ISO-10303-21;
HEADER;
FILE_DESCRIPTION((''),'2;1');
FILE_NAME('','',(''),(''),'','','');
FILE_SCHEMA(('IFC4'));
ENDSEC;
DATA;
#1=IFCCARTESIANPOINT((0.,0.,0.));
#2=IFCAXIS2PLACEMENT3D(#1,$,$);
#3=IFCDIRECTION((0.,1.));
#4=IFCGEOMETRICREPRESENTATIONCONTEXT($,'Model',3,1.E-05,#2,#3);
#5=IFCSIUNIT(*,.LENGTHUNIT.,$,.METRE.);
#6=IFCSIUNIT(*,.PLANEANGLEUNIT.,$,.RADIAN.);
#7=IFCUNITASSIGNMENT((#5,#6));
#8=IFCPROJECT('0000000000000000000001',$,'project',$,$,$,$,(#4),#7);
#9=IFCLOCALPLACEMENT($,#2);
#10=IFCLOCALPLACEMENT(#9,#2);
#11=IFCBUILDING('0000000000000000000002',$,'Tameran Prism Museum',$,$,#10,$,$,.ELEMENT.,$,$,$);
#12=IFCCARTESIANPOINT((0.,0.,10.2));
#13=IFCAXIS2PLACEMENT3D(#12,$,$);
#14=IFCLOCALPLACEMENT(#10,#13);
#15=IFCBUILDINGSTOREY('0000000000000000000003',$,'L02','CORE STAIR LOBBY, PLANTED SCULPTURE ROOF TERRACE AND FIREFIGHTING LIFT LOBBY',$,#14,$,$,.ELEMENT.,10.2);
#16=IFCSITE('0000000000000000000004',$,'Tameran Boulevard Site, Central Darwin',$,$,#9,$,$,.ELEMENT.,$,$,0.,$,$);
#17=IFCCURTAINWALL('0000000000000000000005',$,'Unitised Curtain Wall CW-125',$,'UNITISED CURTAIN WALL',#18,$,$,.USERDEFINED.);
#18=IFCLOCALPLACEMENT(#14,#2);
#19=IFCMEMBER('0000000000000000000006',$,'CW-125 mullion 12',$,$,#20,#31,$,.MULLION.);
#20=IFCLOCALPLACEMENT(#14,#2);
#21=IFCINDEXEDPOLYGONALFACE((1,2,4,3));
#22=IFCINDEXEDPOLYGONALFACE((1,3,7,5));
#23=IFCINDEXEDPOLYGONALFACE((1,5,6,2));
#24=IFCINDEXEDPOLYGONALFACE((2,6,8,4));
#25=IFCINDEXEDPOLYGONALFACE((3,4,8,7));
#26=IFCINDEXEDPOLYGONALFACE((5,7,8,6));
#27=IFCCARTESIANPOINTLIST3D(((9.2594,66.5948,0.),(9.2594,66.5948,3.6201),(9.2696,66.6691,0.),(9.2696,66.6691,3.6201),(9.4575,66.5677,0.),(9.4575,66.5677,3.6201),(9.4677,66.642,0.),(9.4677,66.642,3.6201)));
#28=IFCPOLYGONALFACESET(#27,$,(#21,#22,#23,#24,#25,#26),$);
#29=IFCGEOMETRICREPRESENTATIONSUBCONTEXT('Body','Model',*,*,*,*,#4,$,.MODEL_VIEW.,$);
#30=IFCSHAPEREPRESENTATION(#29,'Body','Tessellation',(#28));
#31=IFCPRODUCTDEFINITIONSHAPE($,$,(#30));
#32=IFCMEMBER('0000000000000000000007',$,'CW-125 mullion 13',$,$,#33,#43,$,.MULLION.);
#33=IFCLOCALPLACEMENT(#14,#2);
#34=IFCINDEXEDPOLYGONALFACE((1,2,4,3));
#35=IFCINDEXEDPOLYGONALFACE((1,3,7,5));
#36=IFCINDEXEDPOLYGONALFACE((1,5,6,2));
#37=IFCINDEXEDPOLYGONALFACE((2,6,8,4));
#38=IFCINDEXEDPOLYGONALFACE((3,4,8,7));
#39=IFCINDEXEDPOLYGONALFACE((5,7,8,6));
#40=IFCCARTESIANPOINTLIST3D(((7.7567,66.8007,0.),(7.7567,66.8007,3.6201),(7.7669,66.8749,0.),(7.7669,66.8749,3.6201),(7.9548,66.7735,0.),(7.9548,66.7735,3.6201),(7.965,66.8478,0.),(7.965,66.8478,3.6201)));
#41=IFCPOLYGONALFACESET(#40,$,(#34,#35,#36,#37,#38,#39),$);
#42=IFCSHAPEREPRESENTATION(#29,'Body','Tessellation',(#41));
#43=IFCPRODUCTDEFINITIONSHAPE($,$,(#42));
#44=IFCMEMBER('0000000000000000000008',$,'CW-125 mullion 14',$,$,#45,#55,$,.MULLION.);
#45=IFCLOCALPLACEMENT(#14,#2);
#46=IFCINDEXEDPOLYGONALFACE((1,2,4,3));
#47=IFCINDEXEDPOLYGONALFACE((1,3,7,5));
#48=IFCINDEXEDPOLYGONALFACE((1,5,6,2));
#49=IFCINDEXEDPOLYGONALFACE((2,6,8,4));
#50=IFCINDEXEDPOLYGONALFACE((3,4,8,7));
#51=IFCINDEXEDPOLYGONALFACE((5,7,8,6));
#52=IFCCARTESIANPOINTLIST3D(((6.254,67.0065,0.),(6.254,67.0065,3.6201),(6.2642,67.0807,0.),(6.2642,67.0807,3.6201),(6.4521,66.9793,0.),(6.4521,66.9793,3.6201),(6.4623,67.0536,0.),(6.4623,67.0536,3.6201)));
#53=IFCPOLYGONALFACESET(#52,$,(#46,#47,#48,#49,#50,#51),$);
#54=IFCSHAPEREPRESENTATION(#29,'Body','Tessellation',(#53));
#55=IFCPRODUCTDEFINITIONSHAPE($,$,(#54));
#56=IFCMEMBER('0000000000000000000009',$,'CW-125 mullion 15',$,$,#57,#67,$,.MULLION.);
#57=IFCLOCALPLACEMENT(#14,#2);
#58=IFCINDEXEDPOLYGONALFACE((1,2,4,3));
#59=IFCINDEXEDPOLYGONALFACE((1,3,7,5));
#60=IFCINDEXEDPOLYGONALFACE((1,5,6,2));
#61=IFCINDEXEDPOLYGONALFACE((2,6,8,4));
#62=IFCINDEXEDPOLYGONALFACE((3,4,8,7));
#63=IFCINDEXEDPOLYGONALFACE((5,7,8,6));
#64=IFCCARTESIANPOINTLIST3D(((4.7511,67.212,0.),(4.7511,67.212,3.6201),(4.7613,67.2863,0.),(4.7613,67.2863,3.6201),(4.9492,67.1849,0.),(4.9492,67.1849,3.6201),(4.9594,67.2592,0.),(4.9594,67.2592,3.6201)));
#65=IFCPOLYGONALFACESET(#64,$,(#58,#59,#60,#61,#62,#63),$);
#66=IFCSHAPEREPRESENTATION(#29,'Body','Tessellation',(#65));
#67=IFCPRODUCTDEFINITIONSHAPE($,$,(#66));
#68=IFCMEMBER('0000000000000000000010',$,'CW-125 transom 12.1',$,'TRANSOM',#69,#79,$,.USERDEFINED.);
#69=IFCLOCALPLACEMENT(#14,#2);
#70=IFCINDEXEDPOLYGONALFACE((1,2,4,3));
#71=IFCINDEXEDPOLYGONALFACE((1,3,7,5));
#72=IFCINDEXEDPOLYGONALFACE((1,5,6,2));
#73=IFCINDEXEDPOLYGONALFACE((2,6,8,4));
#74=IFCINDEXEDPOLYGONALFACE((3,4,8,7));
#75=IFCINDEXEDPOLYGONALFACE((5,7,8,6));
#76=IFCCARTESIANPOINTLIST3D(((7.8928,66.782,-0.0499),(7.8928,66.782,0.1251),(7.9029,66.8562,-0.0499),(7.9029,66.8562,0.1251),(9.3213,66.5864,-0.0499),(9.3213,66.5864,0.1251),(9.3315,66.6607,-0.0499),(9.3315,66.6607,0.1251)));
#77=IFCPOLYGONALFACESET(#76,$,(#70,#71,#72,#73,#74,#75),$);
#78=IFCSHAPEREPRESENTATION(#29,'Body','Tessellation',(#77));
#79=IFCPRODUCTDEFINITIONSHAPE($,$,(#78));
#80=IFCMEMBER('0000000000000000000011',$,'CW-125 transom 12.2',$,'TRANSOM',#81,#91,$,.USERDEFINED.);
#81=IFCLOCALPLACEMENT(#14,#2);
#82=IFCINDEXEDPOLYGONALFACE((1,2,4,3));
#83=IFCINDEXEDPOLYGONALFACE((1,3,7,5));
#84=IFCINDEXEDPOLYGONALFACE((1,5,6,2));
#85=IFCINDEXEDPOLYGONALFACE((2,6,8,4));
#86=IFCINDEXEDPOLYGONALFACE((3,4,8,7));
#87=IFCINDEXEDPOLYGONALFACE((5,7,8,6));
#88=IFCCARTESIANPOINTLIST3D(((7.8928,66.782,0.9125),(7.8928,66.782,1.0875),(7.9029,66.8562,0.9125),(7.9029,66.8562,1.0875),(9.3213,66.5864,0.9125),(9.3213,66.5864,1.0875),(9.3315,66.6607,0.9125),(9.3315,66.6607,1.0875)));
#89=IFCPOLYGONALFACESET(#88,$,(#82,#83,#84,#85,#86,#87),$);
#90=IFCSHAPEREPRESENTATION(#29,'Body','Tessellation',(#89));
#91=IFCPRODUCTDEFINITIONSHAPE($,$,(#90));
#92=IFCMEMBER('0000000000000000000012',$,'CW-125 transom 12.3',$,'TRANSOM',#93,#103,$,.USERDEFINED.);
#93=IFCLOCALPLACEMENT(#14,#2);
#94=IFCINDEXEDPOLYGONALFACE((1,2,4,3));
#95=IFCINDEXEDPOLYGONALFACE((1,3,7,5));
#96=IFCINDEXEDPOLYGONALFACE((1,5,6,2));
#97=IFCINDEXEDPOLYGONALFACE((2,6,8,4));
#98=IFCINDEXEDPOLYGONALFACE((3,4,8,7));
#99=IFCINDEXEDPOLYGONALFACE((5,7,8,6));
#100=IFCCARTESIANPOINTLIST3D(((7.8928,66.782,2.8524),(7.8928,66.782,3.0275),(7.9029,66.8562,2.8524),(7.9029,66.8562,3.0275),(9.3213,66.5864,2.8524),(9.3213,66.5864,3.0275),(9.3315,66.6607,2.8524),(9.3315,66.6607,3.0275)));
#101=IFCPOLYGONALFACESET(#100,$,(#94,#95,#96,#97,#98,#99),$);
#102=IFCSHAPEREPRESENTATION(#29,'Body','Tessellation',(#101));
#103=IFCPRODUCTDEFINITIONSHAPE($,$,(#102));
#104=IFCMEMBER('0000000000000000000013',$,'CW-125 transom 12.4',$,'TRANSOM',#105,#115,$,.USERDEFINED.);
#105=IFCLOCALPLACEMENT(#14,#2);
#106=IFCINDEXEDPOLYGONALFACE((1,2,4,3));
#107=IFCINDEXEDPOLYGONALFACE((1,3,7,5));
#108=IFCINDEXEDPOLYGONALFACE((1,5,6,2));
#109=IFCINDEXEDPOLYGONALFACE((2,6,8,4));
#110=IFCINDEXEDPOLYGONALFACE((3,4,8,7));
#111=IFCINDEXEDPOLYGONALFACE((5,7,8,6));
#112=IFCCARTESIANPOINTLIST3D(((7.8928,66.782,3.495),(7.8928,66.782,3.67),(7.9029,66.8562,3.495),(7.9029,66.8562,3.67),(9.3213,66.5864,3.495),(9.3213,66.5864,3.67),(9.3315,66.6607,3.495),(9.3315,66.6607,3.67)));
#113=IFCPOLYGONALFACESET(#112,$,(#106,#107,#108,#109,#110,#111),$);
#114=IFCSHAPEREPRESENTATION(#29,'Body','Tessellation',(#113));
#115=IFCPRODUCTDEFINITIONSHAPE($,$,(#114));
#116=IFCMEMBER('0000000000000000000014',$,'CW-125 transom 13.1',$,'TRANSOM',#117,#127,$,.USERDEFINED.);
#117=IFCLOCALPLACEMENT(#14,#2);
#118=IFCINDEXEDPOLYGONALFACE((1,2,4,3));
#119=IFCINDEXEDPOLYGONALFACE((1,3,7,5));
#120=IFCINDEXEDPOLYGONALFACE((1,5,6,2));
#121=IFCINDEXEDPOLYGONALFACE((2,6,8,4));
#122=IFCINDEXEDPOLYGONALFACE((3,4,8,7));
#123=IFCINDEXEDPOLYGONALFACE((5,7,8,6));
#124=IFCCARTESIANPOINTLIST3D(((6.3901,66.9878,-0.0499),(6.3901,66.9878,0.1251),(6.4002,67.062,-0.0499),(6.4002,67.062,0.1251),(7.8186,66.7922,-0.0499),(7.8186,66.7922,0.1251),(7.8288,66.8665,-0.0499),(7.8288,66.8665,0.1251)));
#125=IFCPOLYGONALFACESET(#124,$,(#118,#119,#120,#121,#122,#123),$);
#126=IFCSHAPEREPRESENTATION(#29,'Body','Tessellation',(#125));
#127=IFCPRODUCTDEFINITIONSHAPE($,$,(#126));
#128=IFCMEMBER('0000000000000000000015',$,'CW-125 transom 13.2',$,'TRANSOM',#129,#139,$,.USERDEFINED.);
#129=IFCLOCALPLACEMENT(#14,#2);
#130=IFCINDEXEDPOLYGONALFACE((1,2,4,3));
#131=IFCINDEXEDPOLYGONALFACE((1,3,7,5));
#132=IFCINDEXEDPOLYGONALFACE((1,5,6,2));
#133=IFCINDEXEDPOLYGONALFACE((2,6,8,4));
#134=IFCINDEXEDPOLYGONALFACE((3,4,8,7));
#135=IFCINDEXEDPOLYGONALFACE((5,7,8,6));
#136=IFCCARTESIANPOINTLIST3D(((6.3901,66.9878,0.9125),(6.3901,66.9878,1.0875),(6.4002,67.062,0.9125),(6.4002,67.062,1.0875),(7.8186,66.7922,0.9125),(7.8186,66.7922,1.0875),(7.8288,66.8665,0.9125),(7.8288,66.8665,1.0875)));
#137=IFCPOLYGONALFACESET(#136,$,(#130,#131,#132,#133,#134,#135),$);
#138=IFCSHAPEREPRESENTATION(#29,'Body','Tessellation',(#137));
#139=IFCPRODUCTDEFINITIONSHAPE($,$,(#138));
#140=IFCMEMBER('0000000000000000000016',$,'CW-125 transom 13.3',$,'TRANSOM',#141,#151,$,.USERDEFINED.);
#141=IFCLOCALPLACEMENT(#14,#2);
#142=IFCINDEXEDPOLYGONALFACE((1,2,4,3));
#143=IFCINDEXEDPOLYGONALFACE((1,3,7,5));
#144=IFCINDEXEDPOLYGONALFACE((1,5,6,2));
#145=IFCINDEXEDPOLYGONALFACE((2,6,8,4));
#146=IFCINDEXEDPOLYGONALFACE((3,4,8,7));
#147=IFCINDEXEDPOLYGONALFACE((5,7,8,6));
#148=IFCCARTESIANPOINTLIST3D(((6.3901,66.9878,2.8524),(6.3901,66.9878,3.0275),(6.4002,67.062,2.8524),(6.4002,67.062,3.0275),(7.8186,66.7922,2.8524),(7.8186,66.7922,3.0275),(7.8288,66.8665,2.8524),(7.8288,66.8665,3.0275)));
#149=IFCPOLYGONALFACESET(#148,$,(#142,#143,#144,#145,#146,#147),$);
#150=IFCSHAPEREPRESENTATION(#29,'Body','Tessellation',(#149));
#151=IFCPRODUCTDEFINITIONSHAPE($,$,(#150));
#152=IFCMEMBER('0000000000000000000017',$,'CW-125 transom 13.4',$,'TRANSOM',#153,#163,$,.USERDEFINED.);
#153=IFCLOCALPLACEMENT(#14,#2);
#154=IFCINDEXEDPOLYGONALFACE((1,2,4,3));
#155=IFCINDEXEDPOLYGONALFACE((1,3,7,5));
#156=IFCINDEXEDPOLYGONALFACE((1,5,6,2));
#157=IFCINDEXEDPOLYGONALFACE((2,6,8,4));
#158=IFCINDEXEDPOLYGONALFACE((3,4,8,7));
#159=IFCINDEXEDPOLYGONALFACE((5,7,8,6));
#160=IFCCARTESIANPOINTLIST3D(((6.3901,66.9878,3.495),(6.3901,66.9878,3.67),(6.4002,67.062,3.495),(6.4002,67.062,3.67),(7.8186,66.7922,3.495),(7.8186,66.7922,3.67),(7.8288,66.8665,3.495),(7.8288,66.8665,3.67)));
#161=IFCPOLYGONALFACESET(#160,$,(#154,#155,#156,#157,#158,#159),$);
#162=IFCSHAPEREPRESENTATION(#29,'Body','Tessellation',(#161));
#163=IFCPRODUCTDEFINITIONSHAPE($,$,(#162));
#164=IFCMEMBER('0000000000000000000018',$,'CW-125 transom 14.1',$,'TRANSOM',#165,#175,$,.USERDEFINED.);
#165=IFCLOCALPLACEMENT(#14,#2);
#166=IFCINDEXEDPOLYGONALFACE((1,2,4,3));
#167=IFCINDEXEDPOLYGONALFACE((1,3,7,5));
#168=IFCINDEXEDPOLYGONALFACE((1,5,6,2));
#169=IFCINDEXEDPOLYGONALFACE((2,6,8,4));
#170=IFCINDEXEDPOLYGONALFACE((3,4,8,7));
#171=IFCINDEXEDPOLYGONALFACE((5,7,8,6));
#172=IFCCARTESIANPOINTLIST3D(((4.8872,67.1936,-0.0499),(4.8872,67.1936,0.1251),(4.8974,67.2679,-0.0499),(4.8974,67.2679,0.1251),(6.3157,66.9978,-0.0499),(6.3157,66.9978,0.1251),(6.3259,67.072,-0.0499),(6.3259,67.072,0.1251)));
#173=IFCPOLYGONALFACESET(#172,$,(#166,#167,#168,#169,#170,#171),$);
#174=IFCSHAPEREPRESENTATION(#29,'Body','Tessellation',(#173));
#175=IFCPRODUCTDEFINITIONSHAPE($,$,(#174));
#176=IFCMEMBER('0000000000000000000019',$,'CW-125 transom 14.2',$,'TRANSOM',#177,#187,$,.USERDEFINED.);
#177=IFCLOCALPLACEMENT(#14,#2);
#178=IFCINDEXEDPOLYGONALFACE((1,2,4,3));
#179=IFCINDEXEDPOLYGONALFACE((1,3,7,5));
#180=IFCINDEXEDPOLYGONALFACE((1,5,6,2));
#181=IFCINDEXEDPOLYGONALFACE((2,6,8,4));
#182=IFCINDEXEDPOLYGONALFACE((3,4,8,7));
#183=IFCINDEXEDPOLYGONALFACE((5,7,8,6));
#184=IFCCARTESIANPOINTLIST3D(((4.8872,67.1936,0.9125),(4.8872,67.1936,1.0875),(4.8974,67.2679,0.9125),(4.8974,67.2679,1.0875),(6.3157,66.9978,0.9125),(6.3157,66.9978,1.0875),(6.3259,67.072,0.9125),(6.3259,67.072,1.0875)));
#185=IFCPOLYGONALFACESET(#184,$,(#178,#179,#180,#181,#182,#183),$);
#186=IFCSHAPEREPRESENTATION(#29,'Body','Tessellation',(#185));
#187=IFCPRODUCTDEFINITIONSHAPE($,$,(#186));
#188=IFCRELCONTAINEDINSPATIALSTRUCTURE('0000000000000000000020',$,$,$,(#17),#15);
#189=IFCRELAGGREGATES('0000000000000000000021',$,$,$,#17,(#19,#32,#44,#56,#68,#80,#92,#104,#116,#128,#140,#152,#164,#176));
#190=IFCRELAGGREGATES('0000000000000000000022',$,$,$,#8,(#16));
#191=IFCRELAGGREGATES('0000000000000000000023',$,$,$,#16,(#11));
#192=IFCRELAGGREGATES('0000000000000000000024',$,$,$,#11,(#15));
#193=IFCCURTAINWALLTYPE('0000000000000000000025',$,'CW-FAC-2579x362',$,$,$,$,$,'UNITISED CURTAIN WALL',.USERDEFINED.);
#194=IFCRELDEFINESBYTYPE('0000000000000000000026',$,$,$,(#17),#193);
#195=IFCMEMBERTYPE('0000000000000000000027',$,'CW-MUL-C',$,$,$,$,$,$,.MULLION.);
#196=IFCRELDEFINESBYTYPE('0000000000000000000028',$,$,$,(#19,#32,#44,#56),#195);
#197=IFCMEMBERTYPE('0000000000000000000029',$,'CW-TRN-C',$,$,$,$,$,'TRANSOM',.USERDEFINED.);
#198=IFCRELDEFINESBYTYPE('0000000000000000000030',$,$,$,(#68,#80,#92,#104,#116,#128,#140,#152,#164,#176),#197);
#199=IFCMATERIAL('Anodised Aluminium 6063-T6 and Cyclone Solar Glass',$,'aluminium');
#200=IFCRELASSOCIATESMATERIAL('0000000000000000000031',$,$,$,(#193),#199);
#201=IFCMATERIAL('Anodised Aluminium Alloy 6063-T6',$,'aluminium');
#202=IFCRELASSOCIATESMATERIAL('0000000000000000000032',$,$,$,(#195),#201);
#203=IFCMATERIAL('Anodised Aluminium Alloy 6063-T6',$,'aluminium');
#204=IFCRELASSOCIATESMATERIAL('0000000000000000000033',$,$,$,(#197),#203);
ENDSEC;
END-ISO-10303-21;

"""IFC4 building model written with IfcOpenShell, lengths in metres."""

from ifc_helpers import new_model, si_unit, direction, frame, origin, origin_2d, place, context, subcontext, project, spatial, rectangle, extrude, material, material_profile, profile_set, type_object, element, aggregate, save


model = new_model("IFC4")

# Units and contexts
model_context = context("Model", 3, precision=1e-05, world=origin(), true_north=direction((0.0, 1.0)))
body_context = subcontext(model_context, "Body", "Model", "MODEL_VIEW")
ifc_project = project(units=[si_unit("LENGTHUNIT", "METRE"), si_unit("PLANEANGLEUNIT", "RADIAN")], contexts=[model_context])

# Site, building, storey
site_placement = place(None, origin())
site = spatial("IfcSite", under=ifc_project, at=site_placement, Name="Tameran Boulevard Site, Central Darwin", CompositionType="ELEMENT", RefElevation=0.0)
building_placement = place(site_placement, origin())
building = spatial("IfcBuilding", under=site, at=building_placement, Name="Tameran Prism Museum", CompositionType="ELEMENT")
storey_placement = place(building_placement, frame((0.0, 0.0, 10.2)))
storey = spatial("IfcBuildingStorey", under=building, at=storey_placement, Name="L02", Description="CORE STAIR LOBBY, PLANTED SCULPTURE ROOF TERRACE AND FIREFIGHTING LIFT LOBBY", CompositionType="ELEMENT", Elevation=10.2)

# Curtain wall, members
ifc_material_1 = material(Name="Anodised Aluminium 6063-T6 and Cyclone Solar Glass", Category="aluminium")
curtain_wall_type = type_object("IfcCurtainWallType", Name="CW-FAC-2579x362", ElementType="UNITISED CURTAIN WALL", PredefinedType="USERDEFINED", material=ifc_material_1)
curtain_wall_placement = place(storey_placement, origin())
curtain_wall = element("IfcCurtainWall", 1, at=curtain_wall_placement, inside=storey, type_object=curtain_wall_type, Name="Unitised Curtain Wall CW-125", ObjectType="UNITISED CURTAIN WALL", PredefinedType="USERDEFINED")
ifc_material_2 = material(Name="Anodised Aluminium Alloy 6063-T6", Category="aluminium")
ifc_material_profile_1 = material_profile(ifc_material_2, rectangle(XDim=0.075, YDim=0.2, at=origin_2d()))
ifc_profile_set_1 = profile_set([ifc_material_profile_1])
member_type_1 = type_object("IfcMemberType", Name="CW-MUL-C", PredefinedType="MULLION", material=ifc_profile_set_1)
member_1_placement = place(storey_placement, frame((9.3635, 66.6184, 0.0), z_axis=(0.0, 0.0, 1.0), x_axis=(-0.135658, -0.990756, 0.0)))
member_1 = element("IfcMember", 2, at=member_1_placement, type_object=member_type_1, Name="CW-125 mullion 12", PredefinedType="MULLION", context=body_context, shape_type="SweptSolid", body=[
    extrude(rectangle(XDim=0.075, YDim=0.2, at=origin_2d()), origin(), (0.0, 0.0, 1.0), 3.6201),
])
member_2_placement = place(storey_placement, frame((7.8608, 66.8242, 0.0), z_axis=(0.0, 0.0, 1.0), x_axis=(-0.135658, -0.990756, 0.0)))
member_2 = element("IfcMember", 3, at=member_2_placement, type_object=member_type_1, Name="CW-125 mullion 13", PredefinedType="MULLION", context=body_context, shape_type="SweptSolid", body=[
    extrude(rectangle(XDim=0.075, YDim=0.2, at=origin_2d()), origin(), (0.0, 0.0, 1.0), 3.6201),
])
member_3_placement = place(storey_placement, frame((6.3582, 67.03, 0.0), z_axis=(0.0, 0.0, 1.0), x_axis=(-0.135658, -0.990756, 0.0)))
member_3 = element("IfcMember", 4, at=member_3_placement, type_object=member_type_1, Name="CW-125 mullion 14", PredefinedType="MULLION", context=body_context, shape_type="SweptSolid", body=[
    extrude(rectangle(XDim=0.075, YDim=0.2, at=origin_2d()), origin(), (0.0, 0.0, 1.0), 3.6201),
])
member_4_placement = place(storey_placement, frame((4.8552, 67.2356, 0.0), z_axis=(0.0, 0.0, 1.0), x_axis=(-0.135658, -0.990756, 0.0)))
member_4 = element("IfcMember", 5, at=member_4_placement, type_object=member_type_1, Name="CW-125 mullion 15", PredefinedType="MULLION", context=body_context, shape_type="SweptSolid", body=[
    extrude(rectangle(XDim=0.075, YDim=0.2, at=origin_2d()), origin(), (0.0, 0.0, 1.0), 3.6201),
])
ifc_material_3 = material(Name="Anodised Aluminium Alloy 6063-T6", Category="aluminium")
ifc_material_profile_2 = material_profile(ifc_material_3, rectangle(XDim=0.075, YDim=0.175, at=origin_2d()))
ifc_profile_set_2 = profile_set([ifc_material_profile_2])
member_type_2 = type_object("IfcMemberType", Name="CW-TRN-C", ElementType="TRANSOM", PredefinedType="USERDEFINED", material=ifc_profile_set_2)
member_5_placement = place(storey_placement, frame((9.3264, 66.6235, 0.0376), z_axis=(-0.990759, 0.135635, 0.0), x_axis=(-0.135635, -0.990759, 0.0)))
member_5 = element("IfcMember", 6, at=member_5_placement, type_object=member_type_2, Name="CW-125 transom 12.1", ObjectType="TRANSOM", PredefinedType="USERDEFINED", context=body_context, shape_type="SweptSolid", body=[
    extrude(rectangle(XDim=0.075, YDim=0.175, at=origin_2d()), origin(), (0.0, 0.0, 1.0), 1.4419),
])
member_6_placement = place(storey_placement, frame((9.3264, 66.6235, 1.0), z_axis=(-0.990759, 0.135635, 0.0), x_axis=(-0.135635, -0.990759, 0.0)))
member_6 = element("IfcMember", 7, at=member_6_placement, type_object=member_type_2, Name="CW-125 transom 12.2", ObjectType="TRANSOM", PredefinedType="USERDEFINED", context=body_context, shape_type="SweptSolid", body=[
    extrude(rectangle(XDim=0.075, YDim=0.175, at=origin_2d()), origin(), (0.0, 0.0, 1.0), 1.4419),
])
member_7_placement = place(storey_placement, frame((9.3264, 66.6235, 2.9399), z_axis=(-0.990759, 0.135635, 0.0), x_axis=(-0.135635, -0.990759, 0.0)))
member_7 = element("IfcMember", 8, at=member_7_placement, type_object=member_type_2, Name="CW-125 transom 12.3", ObjectType="TRANSOM", PredefinedType="USERDEFINED", context=body_context, shape_type="SweptSolid", body=[
    extrude(rectangle(XDim=0.075, YDim=0.175, at=origin_2d()), origin(), (0.0, 0.0, 1.0), 1.4419),
])
member_8_placement = place(storey_placement, frame((9.3264, 66.6235, 3.5825), z_axis=(-0.990759, 0.135635, 0.0), x_axis=(-0.135635, -0.990759, 0.0)))
member_8 = element("IfcMember", 9, at=member_8_placement, type_object=member_type_2, Name="CW-125 transom 12.4", ObjectType="TRANSOM", PredefinedType="USERDEFINED", context=body_context, shape_type="SweptSolid", body=[
    extrude(rectangle(XDim=0.075, YDim=0.175, at=origin_2d()), origin(), (0.0, 0.0, 1.0), 1.4419),
])
member_9_placement = place(storey_placement, frame((7.8237, 66.8293, 0.0376), z_axis=(-0.990759, 0.135635, 0.0), x_axis=(-0.135635, -0.990759, 0.0)))
member_9 = element("IfcMember", 10, at=member_9_placement, type_object=member_type_2, Name="CW-125 transom 13.1", ObjectType="TRANSOM", PredefinedType="USERDEFINED", context=body_context, shape_type="SweptSolid", body=[
    extrude(rectangle(XDim=0.075, YDim=0.175, at=origin_2d()), origin(), (0.0, 0.0, 1.0), 1.4419),
])
member_10_placement = place(storey_placement, frame((7.8237, 66.8293, 1.0), z_axis=(-0.990759, 0.135635, 0.0), x_axis=(-0.135635, -0.990759, 0.0)))
member_10 = element("IfcMember", 11, at=member_10_placement, type_object=member_type_2, Name="CW-125 transom 13.2", ObjectType="TRANSOM", PredefinedType="USERDEFINED", context=body_context, shape_type="SweptSolid", body=[
    extrude(rectangle(XDim=0.075, YDim=0.175, at=origin_2d()), origin(), (0.0, 0.0, 1.0), 1.4419),
])
member_11_placement = place(storey_placement, frame((7.8237, 66.8293, 2.9399), z_axis=(-0.990759, 0.135635, 0.0), x_axis=(-0.135635, -0.990759, 0.0)))
member_11 = element("IfcMember", 12, at=member_11_placement, type_object=member_type_2, Name="CW-125 transom 13.3", ObjectType="TRANSOM", PredefinedType="USERDEFINED", context=body_context, shape_type="SweptSolid", body=[
    extrude(rectangle(XDim=0.075, YDim=0.175, at=origin_2d()), origin(), (0.0, 0.0, 1.0), 1.4419),
])
member_12_placement = place(storey_placement, frame((7.8237, 66.8293, 3.5825), z_axis=(-0.990759, 0.135635, 0.0), x_axis=(-0.135635, -0.990759, 0.0)))
member_12 = element("IfcMember", 13, at=member_12_placement, type_object=member_type_2, Name="CW-125 transom 13.4", ObjectType="TRANSOM", PredefinedType="USERDEFINED", context=body_context, shape_type="SweptSolid", body=[
    extrude(rectangle(XDim=0.075, YDim=0.175, at=origin_2d()), origin(), (0.0, 0.0, 1.0), 1.4419),
])
member_13_placement = place(storey_placement, frame((6.3208, 67.0349, 0.0376), z_axis=(-0.990736, 0.135801, 0.0), x_axis=(-0.135801, -0.990736, 0.0)))
member_13 = element("IfcMember", 14, at=member_13_placement, type_object=member_type_2, Name="CW-125 transom 14.1", ObjectType="TRANSOM", PredefinedType="USERDEFINED", context=body_context, shape_type="SweptSolid", body=[
    extrude(rectangle(XDim=0.075, YDim=0.175, at=origin_2d()), origin(), (0.0, 0.0, 1.0), 1.4419),
])
member_14_placement = place(storey_placement, frame((6.3208, 67.0349, 1.0), z_axis=(-0.990736, 0.135801, 0.0), x_axis=(-0.135801, -0.990736, 0.0)))
member_14 = element("IfcMember", 15, at=member_14_placement, type_object=member_type_2, Name="CW-125 transom 14.2", ObjectType="TRANSOM", PredefinedType="USERDEFINED", context=body_context, shape_type="SweptSolid", body=[
    extrude(rectangle(XDim=0.075, YDim=0.175, at=origin_2d()), origin(), (0.0, 0.0, 1.0), 1.4419),
])
aggregate(curtain_wall, [member_1, member_2, member_3, member_4, member_5, member_6, member_7, member_8, member_9, member_10, member_11, member_12, member_13, member_14])

save(model, "model.ifc")
